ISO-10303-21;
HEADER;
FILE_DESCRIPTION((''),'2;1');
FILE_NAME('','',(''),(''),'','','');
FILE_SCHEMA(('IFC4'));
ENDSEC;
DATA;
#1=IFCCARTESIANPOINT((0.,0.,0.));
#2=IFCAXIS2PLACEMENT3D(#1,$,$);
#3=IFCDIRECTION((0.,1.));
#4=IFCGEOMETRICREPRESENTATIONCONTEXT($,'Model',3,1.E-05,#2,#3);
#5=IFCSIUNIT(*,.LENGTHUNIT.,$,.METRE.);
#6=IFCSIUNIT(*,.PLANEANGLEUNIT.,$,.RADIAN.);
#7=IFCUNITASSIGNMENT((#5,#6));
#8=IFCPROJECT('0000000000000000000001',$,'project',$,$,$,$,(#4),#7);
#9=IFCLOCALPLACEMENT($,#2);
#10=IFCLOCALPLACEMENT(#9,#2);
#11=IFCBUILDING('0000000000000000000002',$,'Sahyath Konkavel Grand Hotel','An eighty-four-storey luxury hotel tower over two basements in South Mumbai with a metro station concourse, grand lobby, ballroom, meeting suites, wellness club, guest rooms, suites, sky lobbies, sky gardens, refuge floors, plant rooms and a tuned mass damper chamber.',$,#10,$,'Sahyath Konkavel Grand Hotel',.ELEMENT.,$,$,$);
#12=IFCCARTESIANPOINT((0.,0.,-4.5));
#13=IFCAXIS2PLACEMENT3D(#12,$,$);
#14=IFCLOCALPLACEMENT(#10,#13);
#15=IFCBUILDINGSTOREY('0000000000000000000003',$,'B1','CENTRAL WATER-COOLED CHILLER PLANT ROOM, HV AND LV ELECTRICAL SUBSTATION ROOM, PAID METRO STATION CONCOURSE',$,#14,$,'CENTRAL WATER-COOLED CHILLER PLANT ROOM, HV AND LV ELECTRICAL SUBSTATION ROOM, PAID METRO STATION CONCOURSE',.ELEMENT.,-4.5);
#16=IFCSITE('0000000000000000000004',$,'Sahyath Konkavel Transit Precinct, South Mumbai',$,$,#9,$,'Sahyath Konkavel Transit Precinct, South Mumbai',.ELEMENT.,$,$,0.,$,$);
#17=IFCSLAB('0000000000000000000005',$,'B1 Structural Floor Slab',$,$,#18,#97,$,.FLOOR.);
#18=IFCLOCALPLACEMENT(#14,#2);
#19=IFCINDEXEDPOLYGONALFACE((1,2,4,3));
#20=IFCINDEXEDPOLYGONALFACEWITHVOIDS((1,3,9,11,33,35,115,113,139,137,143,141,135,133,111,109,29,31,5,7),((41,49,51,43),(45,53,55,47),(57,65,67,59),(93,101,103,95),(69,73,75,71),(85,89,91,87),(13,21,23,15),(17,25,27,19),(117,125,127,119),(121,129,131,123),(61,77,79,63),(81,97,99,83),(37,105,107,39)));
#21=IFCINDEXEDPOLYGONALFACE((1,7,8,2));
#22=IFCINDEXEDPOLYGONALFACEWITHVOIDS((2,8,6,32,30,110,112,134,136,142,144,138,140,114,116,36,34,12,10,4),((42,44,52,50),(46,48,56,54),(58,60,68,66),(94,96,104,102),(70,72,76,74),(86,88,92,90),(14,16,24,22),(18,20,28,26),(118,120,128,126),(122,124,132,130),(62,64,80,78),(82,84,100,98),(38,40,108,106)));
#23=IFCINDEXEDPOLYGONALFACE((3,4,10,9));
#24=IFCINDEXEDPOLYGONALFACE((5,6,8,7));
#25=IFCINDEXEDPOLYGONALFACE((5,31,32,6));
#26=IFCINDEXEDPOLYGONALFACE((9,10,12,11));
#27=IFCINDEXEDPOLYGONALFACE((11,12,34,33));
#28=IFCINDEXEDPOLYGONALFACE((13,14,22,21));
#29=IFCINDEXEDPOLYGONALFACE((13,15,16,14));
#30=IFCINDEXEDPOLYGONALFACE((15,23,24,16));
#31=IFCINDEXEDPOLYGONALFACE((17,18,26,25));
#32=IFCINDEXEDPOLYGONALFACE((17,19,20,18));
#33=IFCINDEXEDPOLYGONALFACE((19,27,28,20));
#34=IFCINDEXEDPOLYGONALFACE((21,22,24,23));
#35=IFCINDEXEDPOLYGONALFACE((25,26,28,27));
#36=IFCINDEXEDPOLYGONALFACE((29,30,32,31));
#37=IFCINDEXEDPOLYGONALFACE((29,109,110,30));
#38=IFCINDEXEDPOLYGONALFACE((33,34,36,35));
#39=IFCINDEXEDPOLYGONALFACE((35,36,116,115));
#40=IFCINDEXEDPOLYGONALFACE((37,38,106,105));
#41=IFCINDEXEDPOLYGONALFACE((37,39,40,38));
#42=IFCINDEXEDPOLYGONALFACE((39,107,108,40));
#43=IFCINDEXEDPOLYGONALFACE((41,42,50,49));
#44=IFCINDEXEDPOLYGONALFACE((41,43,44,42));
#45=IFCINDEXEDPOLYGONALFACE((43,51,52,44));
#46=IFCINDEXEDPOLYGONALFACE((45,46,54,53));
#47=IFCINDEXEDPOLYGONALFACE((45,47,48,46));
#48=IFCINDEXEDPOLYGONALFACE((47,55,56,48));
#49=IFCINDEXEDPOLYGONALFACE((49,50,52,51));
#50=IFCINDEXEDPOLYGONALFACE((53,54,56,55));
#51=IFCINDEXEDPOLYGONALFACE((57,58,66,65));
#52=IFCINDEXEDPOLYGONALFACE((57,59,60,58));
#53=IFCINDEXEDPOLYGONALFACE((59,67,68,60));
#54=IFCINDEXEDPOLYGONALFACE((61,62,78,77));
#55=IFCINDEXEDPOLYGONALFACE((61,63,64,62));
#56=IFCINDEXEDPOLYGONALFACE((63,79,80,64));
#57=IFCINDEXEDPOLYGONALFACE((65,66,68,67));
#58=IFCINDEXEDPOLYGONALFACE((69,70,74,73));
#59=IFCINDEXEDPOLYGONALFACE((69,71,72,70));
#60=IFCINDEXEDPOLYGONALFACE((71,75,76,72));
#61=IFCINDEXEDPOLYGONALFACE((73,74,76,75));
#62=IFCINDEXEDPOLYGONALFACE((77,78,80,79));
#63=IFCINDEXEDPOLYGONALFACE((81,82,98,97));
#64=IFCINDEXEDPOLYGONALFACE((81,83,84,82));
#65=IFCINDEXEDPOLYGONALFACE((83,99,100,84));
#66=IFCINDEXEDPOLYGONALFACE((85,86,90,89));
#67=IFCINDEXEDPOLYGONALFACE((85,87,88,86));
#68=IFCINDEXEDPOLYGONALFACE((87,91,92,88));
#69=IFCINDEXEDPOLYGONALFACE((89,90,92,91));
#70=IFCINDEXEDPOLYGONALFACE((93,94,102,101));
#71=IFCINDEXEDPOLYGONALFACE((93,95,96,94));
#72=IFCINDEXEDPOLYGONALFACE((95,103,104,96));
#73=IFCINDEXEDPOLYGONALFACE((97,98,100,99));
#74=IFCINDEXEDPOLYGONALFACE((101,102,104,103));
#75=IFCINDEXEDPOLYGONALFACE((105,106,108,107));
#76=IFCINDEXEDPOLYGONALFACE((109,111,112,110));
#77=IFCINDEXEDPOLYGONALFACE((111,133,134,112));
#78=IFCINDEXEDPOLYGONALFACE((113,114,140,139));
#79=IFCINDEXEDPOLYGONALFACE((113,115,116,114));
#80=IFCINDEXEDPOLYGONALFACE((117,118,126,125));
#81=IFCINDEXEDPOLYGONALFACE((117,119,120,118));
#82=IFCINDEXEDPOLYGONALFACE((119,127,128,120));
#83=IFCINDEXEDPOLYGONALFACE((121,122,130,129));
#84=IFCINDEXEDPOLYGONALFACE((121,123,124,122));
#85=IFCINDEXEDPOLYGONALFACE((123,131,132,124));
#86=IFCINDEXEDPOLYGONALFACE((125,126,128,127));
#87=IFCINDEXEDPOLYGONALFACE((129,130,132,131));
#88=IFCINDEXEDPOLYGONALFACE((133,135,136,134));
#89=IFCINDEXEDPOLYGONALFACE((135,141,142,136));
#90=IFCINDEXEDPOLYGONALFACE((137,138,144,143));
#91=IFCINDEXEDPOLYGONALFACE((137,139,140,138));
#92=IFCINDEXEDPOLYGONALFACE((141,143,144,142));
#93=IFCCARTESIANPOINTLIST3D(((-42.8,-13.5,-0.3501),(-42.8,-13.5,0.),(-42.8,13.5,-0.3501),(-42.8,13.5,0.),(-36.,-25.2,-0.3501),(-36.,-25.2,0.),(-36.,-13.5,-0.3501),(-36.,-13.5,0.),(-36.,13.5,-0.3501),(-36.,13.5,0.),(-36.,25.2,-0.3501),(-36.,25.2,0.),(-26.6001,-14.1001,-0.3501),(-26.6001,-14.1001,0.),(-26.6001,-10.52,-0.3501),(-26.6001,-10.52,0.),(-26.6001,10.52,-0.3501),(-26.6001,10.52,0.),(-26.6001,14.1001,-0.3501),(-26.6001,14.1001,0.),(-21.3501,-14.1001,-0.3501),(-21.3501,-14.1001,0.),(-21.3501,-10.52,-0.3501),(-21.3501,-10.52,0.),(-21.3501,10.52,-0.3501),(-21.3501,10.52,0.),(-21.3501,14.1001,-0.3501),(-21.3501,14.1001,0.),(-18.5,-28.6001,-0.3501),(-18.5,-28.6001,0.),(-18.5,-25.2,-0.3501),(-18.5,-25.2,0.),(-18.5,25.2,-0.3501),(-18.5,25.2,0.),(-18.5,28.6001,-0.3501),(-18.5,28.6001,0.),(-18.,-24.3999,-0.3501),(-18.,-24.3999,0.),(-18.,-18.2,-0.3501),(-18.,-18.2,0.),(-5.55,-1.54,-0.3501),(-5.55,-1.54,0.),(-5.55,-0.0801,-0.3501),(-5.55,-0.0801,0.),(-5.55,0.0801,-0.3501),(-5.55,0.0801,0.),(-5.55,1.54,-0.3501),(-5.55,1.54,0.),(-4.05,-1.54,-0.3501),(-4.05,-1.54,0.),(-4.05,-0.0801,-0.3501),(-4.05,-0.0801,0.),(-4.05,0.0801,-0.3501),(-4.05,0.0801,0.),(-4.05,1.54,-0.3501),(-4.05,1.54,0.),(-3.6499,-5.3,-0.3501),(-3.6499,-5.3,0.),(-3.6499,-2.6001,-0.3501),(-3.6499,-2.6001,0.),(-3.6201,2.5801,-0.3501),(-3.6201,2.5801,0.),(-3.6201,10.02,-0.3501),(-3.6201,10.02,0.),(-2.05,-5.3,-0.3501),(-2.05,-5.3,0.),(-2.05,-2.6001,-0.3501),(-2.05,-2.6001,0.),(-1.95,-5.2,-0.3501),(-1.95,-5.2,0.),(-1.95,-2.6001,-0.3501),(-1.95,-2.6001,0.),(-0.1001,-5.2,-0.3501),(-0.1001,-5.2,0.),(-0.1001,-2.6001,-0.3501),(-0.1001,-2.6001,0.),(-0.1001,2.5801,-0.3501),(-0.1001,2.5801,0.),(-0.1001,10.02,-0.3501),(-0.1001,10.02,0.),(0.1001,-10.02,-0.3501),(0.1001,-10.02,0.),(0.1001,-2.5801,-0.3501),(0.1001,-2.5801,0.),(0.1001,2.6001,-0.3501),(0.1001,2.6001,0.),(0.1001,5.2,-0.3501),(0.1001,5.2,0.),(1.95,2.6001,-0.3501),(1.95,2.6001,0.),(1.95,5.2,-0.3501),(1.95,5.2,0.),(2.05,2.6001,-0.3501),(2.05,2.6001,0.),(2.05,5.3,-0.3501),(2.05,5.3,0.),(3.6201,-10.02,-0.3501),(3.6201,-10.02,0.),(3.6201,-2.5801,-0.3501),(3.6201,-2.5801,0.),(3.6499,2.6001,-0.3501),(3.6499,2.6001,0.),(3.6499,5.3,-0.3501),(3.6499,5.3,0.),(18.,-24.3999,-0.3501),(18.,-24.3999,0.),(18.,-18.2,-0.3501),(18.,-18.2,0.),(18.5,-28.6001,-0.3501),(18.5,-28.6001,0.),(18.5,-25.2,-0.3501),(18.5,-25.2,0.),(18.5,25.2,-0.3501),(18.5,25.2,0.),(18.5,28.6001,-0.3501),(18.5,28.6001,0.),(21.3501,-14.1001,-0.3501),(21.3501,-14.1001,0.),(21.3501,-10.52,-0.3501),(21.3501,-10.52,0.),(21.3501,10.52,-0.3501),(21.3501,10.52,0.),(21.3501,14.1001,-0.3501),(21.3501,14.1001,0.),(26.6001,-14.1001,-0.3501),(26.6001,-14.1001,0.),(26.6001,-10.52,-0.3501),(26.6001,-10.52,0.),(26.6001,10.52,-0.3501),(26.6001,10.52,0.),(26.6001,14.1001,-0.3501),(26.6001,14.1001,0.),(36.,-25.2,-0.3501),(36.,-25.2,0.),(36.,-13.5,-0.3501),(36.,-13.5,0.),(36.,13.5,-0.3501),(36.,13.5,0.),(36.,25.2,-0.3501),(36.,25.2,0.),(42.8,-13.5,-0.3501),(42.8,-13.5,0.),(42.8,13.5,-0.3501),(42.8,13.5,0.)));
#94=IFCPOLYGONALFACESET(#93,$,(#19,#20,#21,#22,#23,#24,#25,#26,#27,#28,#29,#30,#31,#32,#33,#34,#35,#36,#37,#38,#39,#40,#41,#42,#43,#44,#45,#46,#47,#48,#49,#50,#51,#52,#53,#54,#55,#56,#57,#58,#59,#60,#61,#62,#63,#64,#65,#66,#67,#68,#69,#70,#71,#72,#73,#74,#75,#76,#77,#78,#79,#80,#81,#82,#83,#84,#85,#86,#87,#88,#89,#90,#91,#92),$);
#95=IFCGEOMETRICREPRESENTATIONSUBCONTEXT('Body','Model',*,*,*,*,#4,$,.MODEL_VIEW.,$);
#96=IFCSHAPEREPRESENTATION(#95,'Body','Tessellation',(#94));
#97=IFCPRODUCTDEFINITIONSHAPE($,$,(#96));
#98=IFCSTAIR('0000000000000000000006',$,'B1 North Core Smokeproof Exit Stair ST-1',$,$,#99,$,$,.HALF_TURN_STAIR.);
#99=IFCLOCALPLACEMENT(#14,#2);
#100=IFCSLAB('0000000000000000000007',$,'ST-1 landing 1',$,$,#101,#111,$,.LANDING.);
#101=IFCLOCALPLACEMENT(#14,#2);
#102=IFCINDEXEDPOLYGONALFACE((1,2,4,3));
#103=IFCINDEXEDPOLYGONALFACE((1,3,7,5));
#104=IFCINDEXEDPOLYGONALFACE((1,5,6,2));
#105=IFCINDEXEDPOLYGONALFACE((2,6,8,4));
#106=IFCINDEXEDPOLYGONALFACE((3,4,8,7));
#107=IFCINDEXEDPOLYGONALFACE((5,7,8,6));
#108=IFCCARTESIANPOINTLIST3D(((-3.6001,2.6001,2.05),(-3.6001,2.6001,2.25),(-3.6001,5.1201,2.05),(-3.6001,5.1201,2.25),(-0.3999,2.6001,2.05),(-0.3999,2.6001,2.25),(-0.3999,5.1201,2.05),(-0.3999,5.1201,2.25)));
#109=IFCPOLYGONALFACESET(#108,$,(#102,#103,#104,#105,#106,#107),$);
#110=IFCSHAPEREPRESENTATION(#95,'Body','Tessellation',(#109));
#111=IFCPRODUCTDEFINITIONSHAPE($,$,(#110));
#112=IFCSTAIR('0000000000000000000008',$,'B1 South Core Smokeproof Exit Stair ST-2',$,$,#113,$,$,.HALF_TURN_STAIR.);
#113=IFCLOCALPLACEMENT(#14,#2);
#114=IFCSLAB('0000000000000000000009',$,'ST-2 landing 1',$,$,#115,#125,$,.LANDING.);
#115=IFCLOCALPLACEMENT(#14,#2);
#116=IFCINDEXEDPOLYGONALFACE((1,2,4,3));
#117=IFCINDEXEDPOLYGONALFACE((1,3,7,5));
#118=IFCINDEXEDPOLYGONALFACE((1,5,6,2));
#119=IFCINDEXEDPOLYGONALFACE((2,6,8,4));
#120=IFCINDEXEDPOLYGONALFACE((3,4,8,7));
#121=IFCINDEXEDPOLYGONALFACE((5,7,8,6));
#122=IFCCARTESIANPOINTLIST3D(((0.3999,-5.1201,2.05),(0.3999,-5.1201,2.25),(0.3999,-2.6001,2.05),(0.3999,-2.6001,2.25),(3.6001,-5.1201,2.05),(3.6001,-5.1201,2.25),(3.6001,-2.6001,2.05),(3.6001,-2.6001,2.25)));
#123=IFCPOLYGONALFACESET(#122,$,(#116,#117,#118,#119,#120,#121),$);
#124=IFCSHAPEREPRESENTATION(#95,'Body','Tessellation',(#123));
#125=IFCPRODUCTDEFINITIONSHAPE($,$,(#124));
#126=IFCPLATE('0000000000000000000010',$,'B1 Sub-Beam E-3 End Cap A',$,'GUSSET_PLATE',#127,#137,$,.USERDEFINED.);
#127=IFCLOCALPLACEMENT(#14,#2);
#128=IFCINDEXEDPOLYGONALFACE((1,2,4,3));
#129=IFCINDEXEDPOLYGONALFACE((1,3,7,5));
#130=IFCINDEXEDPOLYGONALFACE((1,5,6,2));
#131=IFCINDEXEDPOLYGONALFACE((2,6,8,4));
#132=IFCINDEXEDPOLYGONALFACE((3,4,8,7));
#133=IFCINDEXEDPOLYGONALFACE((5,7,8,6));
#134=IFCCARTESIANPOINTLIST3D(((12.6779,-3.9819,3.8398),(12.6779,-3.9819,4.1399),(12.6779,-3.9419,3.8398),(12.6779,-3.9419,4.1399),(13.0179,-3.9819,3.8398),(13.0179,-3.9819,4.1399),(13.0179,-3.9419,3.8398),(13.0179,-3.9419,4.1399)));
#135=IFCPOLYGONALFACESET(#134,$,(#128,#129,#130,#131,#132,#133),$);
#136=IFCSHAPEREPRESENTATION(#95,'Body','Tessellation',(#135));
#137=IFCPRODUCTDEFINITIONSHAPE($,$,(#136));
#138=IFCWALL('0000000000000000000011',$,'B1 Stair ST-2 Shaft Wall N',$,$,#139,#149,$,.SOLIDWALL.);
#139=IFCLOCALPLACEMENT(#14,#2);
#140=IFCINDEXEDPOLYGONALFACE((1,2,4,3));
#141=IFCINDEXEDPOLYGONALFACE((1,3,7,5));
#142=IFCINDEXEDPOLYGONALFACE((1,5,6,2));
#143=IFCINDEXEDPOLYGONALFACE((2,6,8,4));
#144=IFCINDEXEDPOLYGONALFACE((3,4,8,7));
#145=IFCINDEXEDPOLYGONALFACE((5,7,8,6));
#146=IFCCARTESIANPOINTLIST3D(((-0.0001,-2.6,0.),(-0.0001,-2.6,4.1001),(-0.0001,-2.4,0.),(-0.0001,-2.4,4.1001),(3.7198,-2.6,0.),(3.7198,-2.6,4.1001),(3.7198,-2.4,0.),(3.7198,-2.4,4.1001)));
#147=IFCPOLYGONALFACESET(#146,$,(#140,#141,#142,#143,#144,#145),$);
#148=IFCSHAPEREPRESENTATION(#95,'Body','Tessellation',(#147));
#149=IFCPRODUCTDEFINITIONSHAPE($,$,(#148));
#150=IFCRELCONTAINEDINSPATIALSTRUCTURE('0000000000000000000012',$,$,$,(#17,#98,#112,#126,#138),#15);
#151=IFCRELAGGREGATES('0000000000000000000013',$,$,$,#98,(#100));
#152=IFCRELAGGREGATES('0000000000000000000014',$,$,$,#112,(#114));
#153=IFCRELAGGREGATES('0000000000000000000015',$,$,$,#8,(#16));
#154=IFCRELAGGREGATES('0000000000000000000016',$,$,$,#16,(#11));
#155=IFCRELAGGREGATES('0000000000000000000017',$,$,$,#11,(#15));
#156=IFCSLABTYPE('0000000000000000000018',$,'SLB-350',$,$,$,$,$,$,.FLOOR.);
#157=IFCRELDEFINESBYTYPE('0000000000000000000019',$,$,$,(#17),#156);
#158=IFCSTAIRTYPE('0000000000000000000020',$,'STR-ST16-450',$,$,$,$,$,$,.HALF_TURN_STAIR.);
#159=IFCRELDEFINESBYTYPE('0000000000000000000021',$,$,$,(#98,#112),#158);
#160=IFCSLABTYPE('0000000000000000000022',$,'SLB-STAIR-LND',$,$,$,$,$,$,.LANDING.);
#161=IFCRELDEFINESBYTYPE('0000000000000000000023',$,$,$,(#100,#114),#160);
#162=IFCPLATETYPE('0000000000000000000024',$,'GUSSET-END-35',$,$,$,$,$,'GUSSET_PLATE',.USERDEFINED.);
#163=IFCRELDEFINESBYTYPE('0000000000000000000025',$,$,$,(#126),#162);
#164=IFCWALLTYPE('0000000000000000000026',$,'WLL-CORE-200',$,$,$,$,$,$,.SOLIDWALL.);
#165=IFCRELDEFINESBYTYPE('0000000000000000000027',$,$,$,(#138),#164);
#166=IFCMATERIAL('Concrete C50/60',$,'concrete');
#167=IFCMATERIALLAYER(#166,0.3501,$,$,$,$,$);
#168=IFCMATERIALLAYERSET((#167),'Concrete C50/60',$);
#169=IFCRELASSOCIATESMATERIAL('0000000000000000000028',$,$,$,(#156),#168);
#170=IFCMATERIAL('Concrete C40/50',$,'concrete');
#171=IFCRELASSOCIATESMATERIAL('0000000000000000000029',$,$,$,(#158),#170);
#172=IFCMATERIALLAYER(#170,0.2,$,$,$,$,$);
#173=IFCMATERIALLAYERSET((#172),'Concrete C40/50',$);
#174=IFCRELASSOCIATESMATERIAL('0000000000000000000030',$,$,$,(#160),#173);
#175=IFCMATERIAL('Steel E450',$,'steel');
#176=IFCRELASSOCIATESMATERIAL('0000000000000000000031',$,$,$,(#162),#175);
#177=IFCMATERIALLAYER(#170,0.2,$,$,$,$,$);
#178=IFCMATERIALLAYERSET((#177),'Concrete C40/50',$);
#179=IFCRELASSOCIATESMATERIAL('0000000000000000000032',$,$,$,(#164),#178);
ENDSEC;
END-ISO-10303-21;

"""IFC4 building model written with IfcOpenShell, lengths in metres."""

from ifc_helpers import new_model, si_unit, direction, frame, frame_2d, origin, origin_2d, place, context, subcontext, project, spatial, polyline, rectangle, outline, extrude, source, transform, mapped, material, layer, layer_set, type_object, element, aggregate, save


model = new_model("IFC4")

# Units and contexts
model_context = context("Model", 3, precision=1e-05, world=origin(), true_north=direction((0.0, 1.0)))
body_context = subcontext(model_context, "Body", "Model", "MODEL_VIEW")
ifc_project = project(units=[si_unit("LENGTHUNIT", "METRE"), si_unit("PLANEANGLEUNIT", "RADIAN")], contexts=[model_context])

# Site, building, storey
site_placement = place(None, origin())
site = spatial("IfcSite", under=ifc_project, at=site_placement, Name="Sahyath Konkavel Transit Precinct, South Mumbai", LongName="Sahyath Konkavel Transit Precinct, South Mumbai", CompositionType="ELEMENT", RefElevation=0.0)
building_placement = place(site_placement, origin())
building = spatial("IfcBuilding", under=site, at=building_placement, Name="Sahyath Konkavel Grand Hotel", Description="An eighty-four-storey luxury hotel tower over two basements in South Mumbai with a metro station concourse, grand lobby, ballroom, meeting suites, wellness club, guest rooms, suites, sky lobbies, sky gardens, refuge floors, plant rooms and a tuned mass damper chamber.", LongName="Sahyath Konkavel Grand Hotel", CompositionType="ELEMENT")
storey_placement = place(building_placement, frame((0.0, 0.0, -4.5)))
storey = spatial("IfcBuildingStorey", under=building, at=storey_placement, Name="B1", Description="CENTRAL WATER-COOLED CHILLER PLANT ROOM, HV AND LV ELECTRICAL SUBSTATION ROOM, PAID METRO STATION CONCOURSE", LongName="CENTRAL WATER-COOLED CHILLER PLANT ROOM, HV AND LV ELECTRICAL SUBSTATION ROOM, PAID METRO STATION CONCOURSE", CompositionType="ELEMENT", Elevation=-4.5)

# Slab
ifc_material_1 = material(Name="Concrete C50/60", Category="concrete")
ifc_layer_1 = layer(ifc_material_1, 0.3501)
ifc_layer_set_1 = layer_set([ifc_layer_1], Name="Concrete C50/60")
slab_type_1 = type_object("IfcSlabType", Name="SLB-350", PredefinedType="FLOOR", material=ifc_layer_set_1)
slab_1_placement = place(storey_placement, frame((0.0, 0.0, -0.3501)))
element("IfcSlab", 1, at=slab_1_placement, inside=storey, type_object=slab_type_1, Name="B1 Structural Floor Slab", PredefinedType="FLOOR", context=body_context, shape_type="SweptSolid", body=[
    extrude(outline(polyline([(-18.5, -28.6001), (18.5, -28.6001), (18.5, -25.2), (36.0, -25.2), (36.0, -13.5), (42.8, -13.5), (42.8, 13.5), (36.0, 13.5), (36.0, 25.2), (18.5, 25.2), (18.5, 28.6001), (-18.5, 28.6001), (-18.5, 25.2), (-36.0, 25.2), (-36.0, 13.5), (-42.8, 13.5), (-42.8, -13.5), (-36.0, -13.5), (-36.0, -25.2), (-18.5, -25.2), (-18.5, -28.6001)]), holes=[polyline([(-3.6201, 2.5801), (-0.1001, 2.5801), (-0.1001, 10.02), (-3.6201, 10.02), (-3.6201, 2.5801)]), polyline([(0.1001, -10.02), (3.6201, -10.02), (3.6201, -2.5801), (0.1001, -2.5801), (0.1001, -10.02)]), polyline([(-26.6001, 10.52), (-21.3501, 10.52), (-21.3501, 14.1001), (-26.6001, 14.1001), (-26.6001, 10.52)]), polyline([(21.3501, 10.52), (26.6001, 10.52), (26.6001, 14.1001), (21.3501, 14.1001), (21.3501, 10.52)]), polyline([(-26.6001, -14.1001), (-21.3501, -14.1001), (-21.3501, -10.52), (-26.6001, -10.52), (-26.6001, -14.1001)]), polyline([(21.3501, -14.1001), (26.6001, -14.1001), (26.6001, -10.52), (21.3501, -10.52), (21.3501, -14.1001)]), polyline([(-18.0, -24.3999), (18.0, -24.3999), (18.0, -18.2), (-18.0, -18.2), (-18.0, -24.3999)]), polyline([(0.1001, 2.6001), (1.95, 2.6001), (1.95, 5.2), (0.1001, 5.2), (0.1001, 2.6001)]), polyline([(-1.95, -5.2), (-0.1001, -5.2), (-0.1001, -2.6001), (-1.95, -2.6001), (-1.95, -5.2)]), polyline([(2.05, 2.6001), (3.6499, 2.6001), (3.6499, 5.3), (2.05, 5.3), (2.05, 2.6001)]), polyline([(-3.6499, -5.3), (-2.05, -5.3), (-2.05, -2.6001), (-3.6499, -2.6001), (-3.6499, -5.3)]), polyline([(-5.55, 0.0801), (-4.05, 0.0801), (-4.05, 1.54), (-5.55, 1.54), (-5.55, 0.0801)]), polyline([(-5.55, -1.54), (-4.05, -1.54), (-4.05, -0.0801), (-5.55, -0.0801), (-5.55, -1.54)])]), origin(), (0.0, 0.0, 1.0), 0.3501),
])

# Stairs, slabs
ifc_material_2 = material(Name="Concrete C40/50", Category="concrete")
stair_type = type_object("IfcStairType", Name="STR-ST16-450", PredefinedType="HALF_TURN_STAIR", material=ifc_material_2)
stair_1_placement = place(storey_placement, origin())
stair_1 = element("IfcStair", 2, at=stair_1_placement, inside=storey, type_object=stair_type, Name="B1 North Core Smokeproof Exit Stair ST-1", PredefinedType="HALF_TURN_STAIR")
ifc_layer_2 = layer(ifc_material_2, 0.2)
ifc_layer_set_2 = layer_set([ifc_layer_2], Name="Concrete C40/50")
slab_type_2 = type_object("IfcSlabType", Name="SLB-STAIR-LND", PredefinedType="LANDING", material=ifc_layer_set_2)
slab_2_placement = place(storey_placement, frame((0.0, 0.0, 2.05)))
slab_2 = element("IfcSlab", 3, at=slab_2_placement, type_object=slab_type_2, Name="ST-1 landing 1", PredefinedType="LANDING", context=body_context, shape_type="SweptSolid", body=[
    extrude(outline(polyline([(-3.6001, 5.1201), (-3.6001, 2.6001), (-0.3999, 2.6001), (-0.3999, 5.1201), (-3.6001, 5.1201)])), origin(), (0.0, 0.0, 1.0), 0.2),
])
aggregate(stair_1, [slab_2])
stair_2_placement = place(storey_placement, origin())
stair_2 = element("IfcStair", 4, at=stair_2_placement, inside=storey, type_object=stair_type, Name="B1 South Core Smokeproof Exit Stair ST-2", PredefinedType="HALF_TURN_STAIR")
slab_3_placement = place(storey_placement, frame((0.0, 0.0, 2.05)))
slab_3 = element("IfcSlab", 5, at=slab_3_placement, type_object=slab_type_2, Name="ST-2 landing 1", PredefinedType="LANDING", context=body_context, shape_type="SweptSolid", body=[
    extrude(outline(polyline([(3.6001, -5.1201), (3.6001, -2.6001), (0.3999, -2.6001), (0.3999, -5.1201), (3.6001, -5.1201)])), origin(), (0.0, 0.0, 1.0), 0.2),
])

# Plate
ifc_material_3 = material(Name="Steel E450", Category="steel")
plate_type = type_object("IfcPlateType", Name="GUSSET-END-35", ElementType="GUSSET_PLATE", PredefinedType="USERDEFINED", material=ifc_material_3)
shared_shape_1 = source(origin(), body_context, "Body", "SweptSolid", [
    extrude(rectangle(XDim=0.04, YDim=0.3401, at=origin_2d()), origin(), (0.0, 0.0, 1.0), 0.3),
])
plate_placement = place(storey_placement, frame((12.8479, -3.9619, 3.8398), z_axis=(0.0, 0.0, 1.0), x_axis=(0.0, 1.0, 0.0)))
element("IfcPlate", 6, at=plate_placement, inside=storey, type_object=plate_type, Name="B1 Sub-Beam E-3 End Cap A", ObjectType="GUSSET_PLATE", PredefinedType="USERDEFINED", context=body_context, shape_type="MappedRepresentation", body=[
    mapped(shared_shape_1, transform((0.0, 0.0, 0.0), scale=1.0)),
])

# Wall
ifc_layer_3 = layer(ifc_material_2, 0.2)
ifc_layer_set_3 = layer_set([ifc_layer_3], Name="Concrete C40/50")
wall_type = type_object("IfcWallType", Name="WLL-CORE-200", PredefinedType="SOLIDWALL", material=ifc_layer_set_3)
wall_placement = place(storey_placement, frame((0.0, -2.5, 0.0), z_axis=(0.0, 0.0, 1.0), x_axis=(1.0, 0.0, 0.0)))
element("IfcWall", 7, at=wall_placement, inside=storey, type_object=wall_type, Name="B1 Stair ST-2 Shaft Wall N", PredefinedType="SOLIDWALL", context=body_context, shape_type="SweptSolid", body=[
    extrude(rectangle(XDim=3.72, YDim=0.2, at=frame_2d((1.8599, 0.0))), origin(), (0.0, 0.0, 1.0), 4.1001),
])

aggregate(stair_2, [slab_3])

save(model, "model.ifc")
